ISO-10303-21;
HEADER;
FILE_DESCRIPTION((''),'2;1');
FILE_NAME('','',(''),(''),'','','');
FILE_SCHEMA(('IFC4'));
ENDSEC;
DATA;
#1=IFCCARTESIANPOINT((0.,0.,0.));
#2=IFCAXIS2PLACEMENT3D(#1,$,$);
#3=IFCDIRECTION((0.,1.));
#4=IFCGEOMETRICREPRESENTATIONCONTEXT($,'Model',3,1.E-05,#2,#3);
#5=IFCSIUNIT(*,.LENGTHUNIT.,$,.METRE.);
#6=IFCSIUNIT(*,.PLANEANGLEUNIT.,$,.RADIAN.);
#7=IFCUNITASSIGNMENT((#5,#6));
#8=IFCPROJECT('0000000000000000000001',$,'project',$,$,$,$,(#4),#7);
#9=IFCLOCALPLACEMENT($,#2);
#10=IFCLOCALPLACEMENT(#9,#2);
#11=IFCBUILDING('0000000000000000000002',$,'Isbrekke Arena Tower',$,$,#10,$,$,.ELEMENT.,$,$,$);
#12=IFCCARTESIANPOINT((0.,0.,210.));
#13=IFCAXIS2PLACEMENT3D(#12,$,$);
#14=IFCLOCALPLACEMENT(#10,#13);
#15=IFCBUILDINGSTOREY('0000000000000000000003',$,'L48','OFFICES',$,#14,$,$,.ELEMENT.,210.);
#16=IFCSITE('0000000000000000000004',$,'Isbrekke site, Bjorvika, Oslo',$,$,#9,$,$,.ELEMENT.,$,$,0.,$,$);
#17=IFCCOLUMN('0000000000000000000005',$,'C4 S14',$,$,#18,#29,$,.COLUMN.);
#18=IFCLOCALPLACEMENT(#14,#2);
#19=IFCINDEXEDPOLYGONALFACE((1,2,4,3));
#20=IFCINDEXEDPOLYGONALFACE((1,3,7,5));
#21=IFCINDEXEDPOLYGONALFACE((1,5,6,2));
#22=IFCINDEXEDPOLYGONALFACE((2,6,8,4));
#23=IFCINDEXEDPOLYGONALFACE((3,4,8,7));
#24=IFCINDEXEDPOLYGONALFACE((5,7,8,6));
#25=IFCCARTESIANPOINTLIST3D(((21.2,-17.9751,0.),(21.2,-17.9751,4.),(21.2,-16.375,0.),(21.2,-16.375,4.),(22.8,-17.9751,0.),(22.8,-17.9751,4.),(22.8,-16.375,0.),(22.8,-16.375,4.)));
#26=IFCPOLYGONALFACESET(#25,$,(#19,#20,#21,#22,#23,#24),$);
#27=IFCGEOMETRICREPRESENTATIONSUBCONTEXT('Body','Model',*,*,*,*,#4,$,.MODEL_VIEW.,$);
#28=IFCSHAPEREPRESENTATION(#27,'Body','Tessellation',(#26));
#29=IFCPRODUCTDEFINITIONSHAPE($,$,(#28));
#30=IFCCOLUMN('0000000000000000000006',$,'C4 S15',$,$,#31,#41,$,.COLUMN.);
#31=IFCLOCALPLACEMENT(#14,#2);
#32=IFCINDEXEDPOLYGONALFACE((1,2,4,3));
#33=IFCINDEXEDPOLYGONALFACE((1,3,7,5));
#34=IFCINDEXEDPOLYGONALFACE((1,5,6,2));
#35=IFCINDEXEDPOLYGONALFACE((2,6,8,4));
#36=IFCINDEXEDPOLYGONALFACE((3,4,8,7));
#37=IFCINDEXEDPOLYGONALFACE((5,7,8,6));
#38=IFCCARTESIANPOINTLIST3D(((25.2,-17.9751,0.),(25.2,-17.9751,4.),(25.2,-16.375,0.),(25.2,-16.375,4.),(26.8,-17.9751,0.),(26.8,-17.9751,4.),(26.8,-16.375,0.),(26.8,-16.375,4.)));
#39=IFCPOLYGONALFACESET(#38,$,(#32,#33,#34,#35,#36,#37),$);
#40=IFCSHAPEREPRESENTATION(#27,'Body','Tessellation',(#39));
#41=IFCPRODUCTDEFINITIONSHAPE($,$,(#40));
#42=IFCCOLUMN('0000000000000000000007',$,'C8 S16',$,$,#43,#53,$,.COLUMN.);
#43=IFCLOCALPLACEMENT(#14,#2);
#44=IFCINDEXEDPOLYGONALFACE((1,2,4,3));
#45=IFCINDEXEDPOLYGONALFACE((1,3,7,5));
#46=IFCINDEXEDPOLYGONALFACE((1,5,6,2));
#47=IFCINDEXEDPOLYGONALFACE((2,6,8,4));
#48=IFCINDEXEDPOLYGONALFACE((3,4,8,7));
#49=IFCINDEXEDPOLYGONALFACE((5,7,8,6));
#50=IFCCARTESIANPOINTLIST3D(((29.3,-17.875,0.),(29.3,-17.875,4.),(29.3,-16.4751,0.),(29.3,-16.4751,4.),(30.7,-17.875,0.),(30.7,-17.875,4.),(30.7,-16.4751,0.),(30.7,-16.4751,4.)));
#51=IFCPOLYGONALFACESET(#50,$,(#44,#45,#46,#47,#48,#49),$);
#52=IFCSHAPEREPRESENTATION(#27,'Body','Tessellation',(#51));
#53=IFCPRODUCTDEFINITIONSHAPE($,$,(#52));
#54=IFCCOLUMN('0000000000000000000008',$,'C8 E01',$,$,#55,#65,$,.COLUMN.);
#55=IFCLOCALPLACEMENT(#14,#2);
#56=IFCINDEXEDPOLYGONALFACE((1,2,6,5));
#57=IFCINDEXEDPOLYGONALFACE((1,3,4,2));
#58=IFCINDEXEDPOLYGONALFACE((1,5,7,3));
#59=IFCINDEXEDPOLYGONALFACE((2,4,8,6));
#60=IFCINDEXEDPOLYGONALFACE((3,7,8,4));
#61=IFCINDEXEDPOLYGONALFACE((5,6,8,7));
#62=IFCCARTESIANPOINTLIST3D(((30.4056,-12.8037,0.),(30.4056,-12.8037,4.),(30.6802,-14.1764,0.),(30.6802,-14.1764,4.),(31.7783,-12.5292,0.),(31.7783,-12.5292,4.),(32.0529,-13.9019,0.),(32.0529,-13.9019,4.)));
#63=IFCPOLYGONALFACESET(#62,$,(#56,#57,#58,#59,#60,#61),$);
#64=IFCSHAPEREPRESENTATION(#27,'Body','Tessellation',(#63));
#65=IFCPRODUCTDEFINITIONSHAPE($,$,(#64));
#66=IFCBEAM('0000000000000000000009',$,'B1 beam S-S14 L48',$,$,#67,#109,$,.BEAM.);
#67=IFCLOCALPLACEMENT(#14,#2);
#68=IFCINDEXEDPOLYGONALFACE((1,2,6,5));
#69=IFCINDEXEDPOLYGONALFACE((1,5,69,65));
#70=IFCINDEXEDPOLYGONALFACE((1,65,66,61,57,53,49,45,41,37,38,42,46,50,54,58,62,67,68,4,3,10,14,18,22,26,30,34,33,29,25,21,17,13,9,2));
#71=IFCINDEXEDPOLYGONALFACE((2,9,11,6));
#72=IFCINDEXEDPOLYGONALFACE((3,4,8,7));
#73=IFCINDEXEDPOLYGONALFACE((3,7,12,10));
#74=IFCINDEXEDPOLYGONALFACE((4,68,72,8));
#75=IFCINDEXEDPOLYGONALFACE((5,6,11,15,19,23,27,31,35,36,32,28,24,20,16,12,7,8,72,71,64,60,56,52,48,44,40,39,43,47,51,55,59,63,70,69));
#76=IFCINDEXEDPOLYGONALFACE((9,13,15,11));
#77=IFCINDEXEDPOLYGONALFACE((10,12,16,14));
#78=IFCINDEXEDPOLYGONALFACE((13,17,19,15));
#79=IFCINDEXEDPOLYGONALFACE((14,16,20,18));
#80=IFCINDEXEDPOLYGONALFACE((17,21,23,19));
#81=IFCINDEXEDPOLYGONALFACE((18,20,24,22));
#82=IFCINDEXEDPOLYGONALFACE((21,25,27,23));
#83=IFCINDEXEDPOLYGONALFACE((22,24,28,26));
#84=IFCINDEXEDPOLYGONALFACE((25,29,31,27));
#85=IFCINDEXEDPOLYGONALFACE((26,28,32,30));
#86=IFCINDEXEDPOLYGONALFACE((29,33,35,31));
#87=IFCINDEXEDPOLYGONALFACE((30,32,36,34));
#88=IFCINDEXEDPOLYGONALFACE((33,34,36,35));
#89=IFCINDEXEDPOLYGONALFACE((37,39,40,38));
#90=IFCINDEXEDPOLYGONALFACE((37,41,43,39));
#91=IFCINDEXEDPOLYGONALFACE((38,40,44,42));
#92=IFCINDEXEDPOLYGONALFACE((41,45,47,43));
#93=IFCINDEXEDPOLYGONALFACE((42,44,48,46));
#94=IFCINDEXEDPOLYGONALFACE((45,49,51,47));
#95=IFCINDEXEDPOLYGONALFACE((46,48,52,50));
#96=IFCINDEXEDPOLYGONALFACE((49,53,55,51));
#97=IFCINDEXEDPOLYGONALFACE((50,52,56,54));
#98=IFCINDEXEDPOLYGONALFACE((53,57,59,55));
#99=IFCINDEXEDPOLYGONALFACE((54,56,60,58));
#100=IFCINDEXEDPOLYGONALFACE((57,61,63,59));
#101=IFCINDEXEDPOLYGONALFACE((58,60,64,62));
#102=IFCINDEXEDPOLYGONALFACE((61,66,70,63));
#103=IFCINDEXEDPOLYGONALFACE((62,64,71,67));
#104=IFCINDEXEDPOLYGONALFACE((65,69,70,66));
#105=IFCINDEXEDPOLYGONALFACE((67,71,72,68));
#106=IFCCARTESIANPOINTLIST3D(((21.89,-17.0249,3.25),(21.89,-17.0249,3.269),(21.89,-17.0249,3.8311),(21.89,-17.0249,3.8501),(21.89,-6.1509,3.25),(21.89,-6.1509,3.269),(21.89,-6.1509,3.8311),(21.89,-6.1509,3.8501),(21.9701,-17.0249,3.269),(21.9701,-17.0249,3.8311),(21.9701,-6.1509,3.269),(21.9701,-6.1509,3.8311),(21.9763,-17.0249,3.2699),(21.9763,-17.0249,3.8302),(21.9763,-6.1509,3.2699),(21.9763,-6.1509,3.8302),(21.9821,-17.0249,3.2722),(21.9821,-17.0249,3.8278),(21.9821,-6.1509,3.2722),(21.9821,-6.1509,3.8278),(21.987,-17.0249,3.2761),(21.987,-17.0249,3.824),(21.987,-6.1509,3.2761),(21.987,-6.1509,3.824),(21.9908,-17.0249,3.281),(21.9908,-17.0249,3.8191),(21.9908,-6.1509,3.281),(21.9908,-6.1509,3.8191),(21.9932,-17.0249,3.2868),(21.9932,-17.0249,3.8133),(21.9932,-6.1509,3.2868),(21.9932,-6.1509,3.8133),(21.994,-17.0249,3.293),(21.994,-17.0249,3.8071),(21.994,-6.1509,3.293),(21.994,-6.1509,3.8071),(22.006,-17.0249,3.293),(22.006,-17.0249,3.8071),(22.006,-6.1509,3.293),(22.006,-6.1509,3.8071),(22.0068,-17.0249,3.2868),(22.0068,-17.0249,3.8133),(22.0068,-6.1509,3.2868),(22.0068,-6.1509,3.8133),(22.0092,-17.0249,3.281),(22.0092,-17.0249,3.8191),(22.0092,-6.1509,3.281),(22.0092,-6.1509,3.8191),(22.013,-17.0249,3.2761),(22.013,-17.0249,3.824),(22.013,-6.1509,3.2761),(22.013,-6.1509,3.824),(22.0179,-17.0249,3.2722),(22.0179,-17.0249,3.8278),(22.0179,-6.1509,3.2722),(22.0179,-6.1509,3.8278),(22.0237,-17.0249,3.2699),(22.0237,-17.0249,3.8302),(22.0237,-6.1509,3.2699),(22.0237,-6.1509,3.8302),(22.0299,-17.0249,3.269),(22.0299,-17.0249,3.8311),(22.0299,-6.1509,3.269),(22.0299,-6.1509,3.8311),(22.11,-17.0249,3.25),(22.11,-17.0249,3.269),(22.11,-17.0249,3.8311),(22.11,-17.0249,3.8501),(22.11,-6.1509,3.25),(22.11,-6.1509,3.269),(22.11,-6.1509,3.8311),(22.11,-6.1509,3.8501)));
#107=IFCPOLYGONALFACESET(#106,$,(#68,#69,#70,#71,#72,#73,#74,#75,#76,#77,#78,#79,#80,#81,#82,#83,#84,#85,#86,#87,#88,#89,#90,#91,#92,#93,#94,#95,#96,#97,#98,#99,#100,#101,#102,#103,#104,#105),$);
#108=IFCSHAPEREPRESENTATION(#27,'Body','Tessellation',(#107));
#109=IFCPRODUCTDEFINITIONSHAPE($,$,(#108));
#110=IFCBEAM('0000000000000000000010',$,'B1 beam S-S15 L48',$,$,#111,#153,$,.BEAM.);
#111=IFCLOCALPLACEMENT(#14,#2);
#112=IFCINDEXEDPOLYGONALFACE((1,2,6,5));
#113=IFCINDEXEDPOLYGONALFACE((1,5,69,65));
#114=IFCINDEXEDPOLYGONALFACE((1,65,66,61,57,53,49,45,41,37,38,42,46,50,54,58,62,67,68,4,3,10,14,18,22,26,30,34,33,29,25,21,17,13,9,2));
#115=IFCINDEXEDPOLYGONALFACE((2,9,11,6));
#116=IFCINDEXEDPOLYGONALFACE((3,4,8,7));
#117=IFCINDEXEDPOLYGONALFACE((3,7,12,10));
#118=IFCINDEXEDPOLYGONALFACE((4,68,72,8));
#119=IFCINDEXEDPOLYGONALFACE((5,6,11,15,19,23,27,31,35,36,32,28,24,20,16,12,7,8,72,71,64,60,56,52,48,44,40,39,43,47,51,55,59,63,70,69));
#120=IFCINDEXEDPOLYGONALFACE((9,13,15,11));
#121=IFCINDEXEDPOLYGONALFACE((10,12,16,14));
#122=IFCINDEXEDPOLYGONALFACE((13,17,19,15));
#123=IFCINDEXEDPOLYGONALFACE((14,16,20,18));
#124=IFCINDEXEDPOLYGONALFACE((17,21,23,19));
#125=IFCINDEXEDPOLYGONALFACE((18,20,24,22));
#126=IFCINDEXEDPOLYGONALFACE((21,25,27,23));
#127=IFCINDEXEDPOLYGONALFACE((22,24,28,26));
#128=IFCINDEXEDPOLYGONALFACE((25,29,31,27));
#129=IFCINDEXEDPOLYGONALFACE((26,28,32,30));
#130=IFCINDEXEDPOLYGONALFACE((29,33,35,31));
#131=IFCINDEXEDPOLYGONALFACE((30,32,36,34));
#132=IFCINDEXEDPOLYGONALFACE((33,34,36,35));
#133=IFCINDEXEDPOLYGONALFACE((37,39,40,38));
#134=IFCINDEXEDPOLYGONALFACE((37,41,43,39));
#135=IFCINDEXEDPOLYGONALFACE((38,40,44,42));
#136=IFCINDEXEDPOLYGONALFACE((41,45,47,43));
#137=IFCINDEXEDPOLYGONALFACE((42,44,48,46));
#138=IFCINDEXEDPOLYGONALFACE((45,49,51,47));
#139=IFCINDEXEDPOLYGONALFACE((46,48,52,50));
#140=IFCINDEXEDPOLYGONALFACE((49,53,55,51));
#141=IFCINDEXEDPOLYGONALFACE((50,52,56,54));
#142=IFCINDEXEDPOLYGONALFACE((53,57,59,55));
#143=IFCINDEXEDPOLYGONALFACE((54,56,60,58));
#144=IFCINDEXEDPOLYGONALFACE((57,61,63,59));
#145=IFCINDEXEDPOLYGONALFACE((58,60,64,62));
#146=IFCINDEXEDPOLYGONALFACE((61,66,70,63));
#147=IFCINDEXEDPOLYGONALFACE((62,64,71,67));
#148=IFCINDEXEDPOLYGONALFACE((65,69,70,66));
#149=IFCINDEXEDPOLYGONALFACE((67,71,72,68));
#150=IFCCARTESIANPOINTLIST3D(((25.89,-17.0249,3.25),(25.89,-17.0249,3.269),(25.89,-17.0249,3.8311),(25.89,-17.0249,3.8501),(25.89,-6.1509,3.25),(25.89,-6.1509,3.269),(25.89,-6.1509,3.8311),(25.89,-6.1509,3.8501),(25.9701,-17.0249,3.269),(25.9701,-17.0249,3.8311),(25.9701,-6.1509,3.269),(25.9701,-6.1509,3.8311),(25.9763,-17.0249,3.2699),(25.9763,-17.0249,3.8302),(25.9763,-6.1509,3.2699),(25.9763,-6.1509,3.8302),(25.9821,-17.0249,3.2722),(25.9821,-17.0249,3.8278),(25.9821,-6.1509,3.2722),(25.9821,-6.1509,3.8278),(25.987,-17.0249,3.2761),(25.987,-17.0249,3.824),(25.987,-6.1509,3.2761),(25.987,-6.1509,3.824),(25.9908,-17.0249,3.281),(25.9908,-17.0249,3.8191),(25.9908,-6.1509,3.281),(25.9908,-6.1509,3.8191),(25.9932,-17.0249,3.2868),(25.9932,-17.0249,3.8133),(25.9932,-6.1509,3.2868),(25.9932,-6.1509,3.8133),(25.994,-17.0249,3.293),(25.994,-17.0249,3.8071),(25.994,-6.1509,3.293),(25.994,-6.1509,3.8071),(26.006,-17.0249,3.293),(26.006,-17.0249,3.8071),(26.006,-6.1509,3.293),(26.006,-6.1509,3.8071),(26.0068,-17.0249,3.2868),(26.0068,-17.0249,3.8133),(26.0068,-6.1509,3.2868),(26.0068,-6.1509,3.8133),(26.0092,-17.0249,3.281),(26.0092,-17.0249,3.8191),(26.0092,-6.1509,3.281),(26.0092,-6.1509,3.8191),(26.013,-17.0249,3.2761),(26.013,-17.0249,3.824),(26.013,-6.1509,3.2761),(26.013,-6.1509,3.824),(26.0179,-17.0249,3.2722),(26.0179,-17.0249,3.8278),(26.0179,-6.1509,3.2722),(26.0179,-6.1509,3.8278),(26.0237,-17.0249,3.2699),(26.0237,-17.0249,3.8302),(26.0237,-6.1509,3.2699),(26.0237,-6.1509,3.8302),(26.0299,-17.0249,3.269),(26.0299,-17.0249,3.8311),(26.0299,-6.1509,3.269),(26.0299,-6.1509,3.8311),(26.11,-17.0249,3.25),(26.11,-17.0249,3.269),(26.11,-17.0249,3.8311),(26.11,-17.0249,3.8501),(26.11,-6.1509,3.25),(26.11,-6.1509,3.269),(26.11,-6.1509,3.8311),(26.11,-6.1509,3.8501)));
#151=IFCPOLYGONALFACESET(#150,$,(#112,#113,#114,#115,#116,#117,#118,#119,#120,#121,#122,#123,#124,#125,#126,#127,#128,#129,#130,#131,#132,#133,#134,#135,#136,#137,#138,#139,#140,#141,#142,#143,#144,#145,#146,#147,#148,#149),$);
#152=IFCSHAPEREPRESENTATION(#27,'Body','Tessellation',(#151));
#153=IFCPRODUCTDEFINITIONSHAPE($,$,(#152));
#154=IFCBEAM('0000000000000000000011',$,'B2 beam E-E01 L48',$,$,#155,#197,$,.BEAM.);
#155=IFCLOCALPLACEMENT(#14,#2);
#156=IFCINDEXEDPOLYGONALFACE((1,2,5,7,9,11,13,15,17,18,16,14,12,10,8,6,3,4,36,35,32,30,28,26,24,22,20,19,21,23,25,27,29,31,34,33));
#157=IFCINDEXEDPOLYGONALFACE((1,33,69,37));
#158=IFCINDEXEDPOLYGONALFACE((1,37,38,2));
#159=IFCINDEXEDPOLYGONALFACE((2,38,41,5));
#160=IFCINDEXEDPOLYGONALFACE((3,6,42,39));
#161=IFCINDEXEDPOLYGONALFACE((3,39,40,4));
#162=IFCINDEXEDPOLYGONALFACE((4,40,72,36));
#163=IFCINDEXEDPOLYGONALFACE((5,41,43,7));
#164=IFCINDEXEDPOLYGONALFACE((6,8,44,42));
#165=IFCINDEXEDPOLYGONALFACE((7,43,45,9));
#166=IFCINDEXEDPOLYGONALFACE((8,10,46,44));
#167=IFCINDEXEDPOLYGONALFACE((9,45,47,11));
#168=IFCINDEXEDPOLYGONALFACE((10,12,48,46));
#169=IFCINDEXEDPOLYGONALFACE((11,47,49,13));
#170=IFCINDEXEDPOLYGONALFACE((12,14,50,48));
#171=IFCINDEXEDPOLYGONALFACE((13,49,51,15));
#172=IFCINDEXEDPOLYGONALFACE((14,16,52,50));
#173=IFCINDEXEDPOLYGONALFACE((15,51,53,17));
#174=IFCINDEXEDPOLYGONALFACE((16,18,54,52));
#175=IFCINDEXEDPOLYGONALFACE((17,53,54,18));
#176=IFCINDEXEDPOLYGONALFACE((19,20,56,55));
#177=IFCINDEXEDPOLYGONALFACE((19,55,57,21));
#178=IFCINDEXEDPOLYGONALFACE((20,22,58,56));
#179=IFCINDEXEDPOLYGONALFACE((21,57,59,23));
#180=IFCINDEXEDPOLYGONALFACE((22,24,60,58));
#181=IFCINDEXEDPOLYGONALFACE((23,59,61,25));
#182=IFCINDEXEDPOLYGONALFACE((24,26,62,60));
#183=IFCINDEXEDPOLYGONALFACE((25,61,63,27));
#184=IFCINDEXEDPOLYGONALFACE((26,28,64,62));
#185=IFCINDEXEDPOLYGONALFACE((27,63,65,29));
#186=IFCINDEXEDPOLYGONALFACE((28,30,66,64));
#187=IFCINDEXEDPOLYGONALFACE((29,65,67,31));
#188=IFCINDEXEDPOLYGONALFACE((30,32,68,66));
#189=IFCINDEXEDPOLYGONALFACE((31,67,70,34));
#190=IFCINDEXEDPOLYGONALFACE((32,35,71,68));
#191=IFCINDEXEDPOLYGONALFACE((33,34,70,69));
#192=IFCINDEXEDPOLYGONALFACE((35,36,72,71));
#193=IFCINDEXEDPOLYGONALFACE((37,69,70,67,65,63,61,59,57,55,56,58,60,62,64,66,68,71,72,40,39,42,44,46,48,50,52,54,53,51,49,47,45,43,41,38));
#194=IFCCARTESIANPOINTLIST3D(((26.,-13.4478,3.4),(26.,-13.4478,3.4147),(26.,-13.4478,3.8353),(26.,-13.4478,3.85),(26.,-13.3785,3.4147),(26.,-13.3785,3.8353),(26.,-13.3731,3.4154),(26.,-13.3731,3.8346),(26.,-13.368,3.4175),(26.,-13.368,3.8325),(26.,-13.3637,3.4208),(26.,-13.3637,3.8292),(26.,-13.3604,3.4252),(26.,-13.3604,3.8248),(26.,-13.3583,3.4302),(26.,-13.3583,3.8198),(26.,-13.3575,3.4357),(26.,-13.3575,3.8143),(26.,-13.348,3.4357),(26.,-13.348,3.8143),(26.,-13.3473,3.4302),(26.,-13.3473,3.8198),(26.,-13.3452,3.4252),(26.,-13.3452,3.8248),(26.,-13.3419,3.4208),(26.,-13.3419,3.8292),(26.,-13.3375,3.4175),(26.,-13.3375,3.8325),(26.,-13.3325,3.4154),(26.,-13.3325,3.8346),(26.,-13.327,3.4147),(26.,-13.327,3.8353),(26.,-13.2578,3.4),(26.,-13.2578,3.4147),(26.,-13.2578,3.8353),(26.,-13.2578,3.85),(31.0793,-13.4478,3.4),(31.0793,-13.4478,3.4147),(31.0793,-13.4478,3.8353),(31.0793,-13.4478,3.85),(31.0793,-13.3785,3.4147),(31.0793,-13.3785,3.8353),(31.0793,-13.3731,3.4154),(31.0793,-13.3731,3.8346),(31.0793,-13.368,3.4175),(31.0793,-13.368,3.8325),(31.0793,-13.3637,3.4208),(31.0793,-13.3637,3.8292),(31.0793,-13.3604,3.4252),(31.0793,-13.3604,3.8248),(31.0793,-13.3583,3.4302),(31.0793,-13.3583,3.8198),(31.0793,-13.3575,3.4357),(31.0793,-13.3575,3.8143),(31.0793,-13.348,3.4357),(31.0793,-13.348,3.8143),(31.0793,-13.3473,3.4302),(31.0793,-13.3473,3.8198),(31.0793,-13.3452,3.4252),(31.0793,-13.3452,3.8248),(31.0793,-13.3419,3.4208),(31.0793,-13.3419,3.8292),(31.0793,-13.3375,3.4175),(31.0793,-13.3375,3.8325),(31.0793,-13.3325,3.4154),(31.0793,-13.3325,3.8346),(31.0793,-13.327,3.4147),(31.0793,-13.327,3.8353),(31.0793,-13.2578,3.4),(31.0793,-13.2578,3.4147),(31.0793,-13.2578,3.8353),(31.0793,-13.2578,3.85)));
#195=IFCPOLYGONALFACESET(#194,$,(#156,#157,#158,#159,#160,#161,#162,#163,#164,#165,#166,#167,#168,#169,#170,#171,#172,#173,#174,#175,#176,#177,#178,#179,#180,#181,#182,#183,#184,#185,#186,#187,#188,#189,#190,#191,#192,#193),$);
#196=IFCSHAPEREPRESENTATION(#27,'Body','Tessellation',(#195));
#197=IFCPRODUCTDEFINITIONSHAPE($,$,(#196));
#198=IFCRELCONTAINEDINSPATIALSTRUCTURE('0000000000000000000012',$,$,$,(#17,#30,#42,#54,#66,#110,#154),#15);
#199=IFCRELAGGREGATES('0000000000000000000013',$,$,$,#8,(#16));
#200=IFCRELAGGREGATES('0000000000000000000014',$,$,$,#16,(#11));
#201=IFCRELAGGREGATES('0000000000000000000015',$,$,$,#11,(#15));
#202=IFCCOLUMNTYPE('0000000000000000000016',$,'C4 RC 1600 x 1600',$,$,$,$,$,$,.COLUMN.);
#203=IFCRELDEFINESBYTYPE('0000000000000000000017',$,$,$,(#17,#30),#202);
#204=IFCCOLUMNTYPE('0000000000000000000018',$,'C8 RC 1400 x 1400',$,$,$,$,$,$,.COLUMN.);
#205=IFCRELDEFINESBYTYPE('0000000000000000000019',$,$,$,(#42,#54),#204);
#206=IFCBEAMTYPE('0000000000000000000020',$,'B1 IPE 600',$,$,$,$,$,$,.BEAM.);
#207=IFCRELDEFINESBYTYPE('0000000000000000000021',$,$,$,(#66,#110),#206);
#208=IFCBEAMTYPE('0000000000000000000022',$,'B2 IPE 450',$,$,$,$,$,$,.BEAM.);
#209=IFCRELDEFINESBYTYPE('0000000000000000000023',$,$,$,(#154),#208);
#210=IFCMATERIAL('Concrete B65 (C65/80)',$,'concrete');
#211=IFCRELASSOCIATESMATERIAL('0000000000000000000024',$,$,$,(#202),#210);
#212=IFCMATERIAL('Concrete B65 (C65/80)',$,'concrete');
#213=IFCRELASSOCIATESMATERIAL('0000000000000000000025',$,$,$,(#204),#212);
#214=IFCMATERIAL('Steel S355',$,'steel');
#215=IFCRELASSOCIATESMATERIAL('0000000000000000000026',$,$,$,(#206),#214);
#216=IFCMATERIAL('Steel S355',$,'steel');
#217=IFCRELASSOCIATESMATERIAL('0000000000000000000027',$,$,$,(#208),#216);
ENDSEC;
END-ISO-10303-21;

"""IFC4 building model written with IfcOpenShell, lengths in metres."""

from ifc_helpers import new_model, si_unit, direction, frame, origin, origin_2d, place, context, subcontext, project, spatial, rectangle, i_section, extrude, material, material_profile, profile_set, type_object, element, save


model = new_model("IFC4")

# Units and contexts
model_context = context("Model", 3, precision=1e-05, world=origin(), true_north=direction((0.0, 1.0)))
body_context = subcontext(model_context, "Body", "Model", "MODEL_VIEW")
ifc_project = project(units=[si_unit("LENGTHUNIT", "METRE"), si_unit("PLANEANGLEUNIT", "RADIAN")], contexts=[model_context])

# Site, building, storey
site_placement = place(None, origin())
site = spatial("IfcSite", under=ifc_project, at=site_placement, Name="Isbrekke site, Bjorvika, Oslo", CompositionType="ELEMENT", RefElevation=0.0)
building_placement = place(site_placement, origin())
building = spatial("IfcBuilding", under=site, at=building_placement, Name="Isbrekke Arena Tower", CompositionType="ELEMENT")
storey_placement = place(building_placement, frame((0.0, 0.0, 210.0)))
storey = spatial("IfcBuildingStorey", under=building, at=storey_placement, Name="L48", Description="OFFICES", CompositionType="ELEMENT", Elevation=210.0)

# Columns
ifc_material_1 = material(Name="Concrete B65 (C65/80)", Category="concrete")
ifc_material_profile_1 = material_profile(ifc_material_1, rectangle(XDim=1.6001, YDim=1.6001, at=origin_2d()), Name="RC 1600x1600")
ifc_profile_set_1 = profile_set([ifc_material_profile_1], Name="Concrete B65 (C65/80)")
column_type_1 = type_object("IfcColumnType", Name="C4 RC 1600 x 1600", PredefinedType="COLUMN", material=ifc_profile_set_1)
for number, where, z_axis, x_axis, name in (
    (1, (22.0, -17.175, 0.0), (0.0, 0.0, 1.0), (1.0, 0.0, 0.0), "C4 S14"),
    (2, (26.0, -17.175, 0.0), (0.0, 0.0, 1.0), (1.0, 0.0, 0.0), "C4 S15"),
):
    element("IfcColumn", number, at=place(storey_placement, frame(where, z_axis=z_axis, x_axis=x_axis)), inside=storey, type_object=column_type_1, Name=name, PredefinedType="COLUMN", context=body_context, shape_type="SweptSolid", body=[
        extrude(rectangle(XDim=1.6001, YDim=1.6001, at=origin_2d()), origin(), (0.0, 0.0, 1.0), 4.0),
    ])
ifc_material_2 = material(Name="Concrete B65 (C65/80)", Category="concrete")
ifc_material_profile_2 = material_profile(ifc_material_2, rectangle(XDim=1.3999, YDim=1.3999, at=origin_2d()), Name="RC 1400x1400")
ifc_profile_set_2 = profile_set([ifc_material_profile_2], Name="Concrete B65 (C65/80)")
column_type_2 = type_object("IfcColumnType", Name="C8 RC 1400 x 1400", PredefinedType="COLUMN", material=ifc_profile_set_2)
for number, where, z_axis, x_axis, name in (
    (3, (30.0, -17.175, 0.0), (0.0, 0.0, 1.0), (1.0, 0.0, 0.0), "C8 S16"),
    (4, (31.2292, -13.3528, 0.0), (0.0, 0.0, 1.0), (-0.196116, 0.980581, 0.0), "C8 E01"),
):
    element("IfcColumn", number, at=place(storey_placement, frame(where, z_axis=z_axis, x_axis=x_axis)), inside=storey, type_object=column_type_2, Name=name, PredefinedType="COLUMN", context=body_context, shape_type="SweptSolid", body=[
        extrude(rectangle(XDim=1.3999, YDim=1.3999, at=origin_2d()), origin(), (0.0, 0.0, 1.0), 4.0),
    ])

# Beams
ifc_material_3 = material(Name="Steel S355", Category="steel")
ifc_material_profile_3 = material_profile(ifc_material_3, i_section(OverallWidth=0.22, OverallDepth=0.6001, WebThickness=0.012, FlangeThickness=0.019, FilletRadius=0.0239, at=origin_2d()), Name="IPE 600")
ifc_profile_set_3 = profile_set([ifc_material_profile_3], Name="Steel S355")
beam_type_1 = type_object("IfcBeamType", Name="B1 IPE 600", PredefinedType="BEAM", material=ifc_profile_set_3)
for number, where, z_axis, x_axis, name in (
    (5, (22.0, -17.0249, 3.55), (0.0, 1.0, 0.0), (-1.0, 0.0, 0.0), "B1 beam S-S14 L48"),
    (6, (26.0, -17.0249, 3.55), (0.0, 1.0, 0.0), (-1.0, 0.0, 0.0), "B1 beam S-S15 L48"),
):
    element("IfcBeam", number, at=place(storey_placement, frame(where, z_axis=z_axis, x_axis=x_axis)), inside=storey, type_object=beam_type_1, Name=name, PredefinedType="BEAM", context=body_context, shape_type="SweptSolid", body=[
        extrude(i_section(OverallWidth=0.22, OverallDepth=0.6001, WebThickness=0.012, FlangeThickness=0.019, FilletRadius=0.0239, at=origin_2d()), origin(), (0.0, 0.0, 1.0), 10.874),
    ])
ifc_material_4 = material(Name="Steel S355", Category="steel")
ifc_material_profile_4 = material_profile(ifc_material_4, i_section(OverallWidth=0.1899, OverallDepth=0.45, WebThickness=0.0095, FlangeThickness=0.0146, FilletRadius=0.021, at=origin_2d()), Name="IPE 450")
ifc_profile_set_4 = profile_set([ifc_material_profile_4], Name="Steel S355")
beam_type_2 = type_object("IfcBeamType", Name="B2 IPE 450", PredefinedType="BEAM", material=ifc_profile_set_4)
beam_1_placement = place(storey_placement, frame((31.0793, -13.3528, 3.625), z_axis=(-1.0, 0.0, 0.0), x_axis=(0.0, -1.0, 0.0)))
element("IfcBeam", 7, at=beam_1_placement, inside=storey, type_object=beam_type_2, Name="B2 beam E-E01 L48", PredefinedType="BEAM", context=body_context, shape_type="SweptSolid", body=[
    extrude(i_section(OverallWidth=0.1899, OverallDepth=0.45, WebThickness=0.0095, FlangeThickness=0.0146, FilletRadius=0.021, at=origin_2d()), origin(), (0.0, 0.0, 1.0), 5.0793),
])

save(model, "model.ifc")
